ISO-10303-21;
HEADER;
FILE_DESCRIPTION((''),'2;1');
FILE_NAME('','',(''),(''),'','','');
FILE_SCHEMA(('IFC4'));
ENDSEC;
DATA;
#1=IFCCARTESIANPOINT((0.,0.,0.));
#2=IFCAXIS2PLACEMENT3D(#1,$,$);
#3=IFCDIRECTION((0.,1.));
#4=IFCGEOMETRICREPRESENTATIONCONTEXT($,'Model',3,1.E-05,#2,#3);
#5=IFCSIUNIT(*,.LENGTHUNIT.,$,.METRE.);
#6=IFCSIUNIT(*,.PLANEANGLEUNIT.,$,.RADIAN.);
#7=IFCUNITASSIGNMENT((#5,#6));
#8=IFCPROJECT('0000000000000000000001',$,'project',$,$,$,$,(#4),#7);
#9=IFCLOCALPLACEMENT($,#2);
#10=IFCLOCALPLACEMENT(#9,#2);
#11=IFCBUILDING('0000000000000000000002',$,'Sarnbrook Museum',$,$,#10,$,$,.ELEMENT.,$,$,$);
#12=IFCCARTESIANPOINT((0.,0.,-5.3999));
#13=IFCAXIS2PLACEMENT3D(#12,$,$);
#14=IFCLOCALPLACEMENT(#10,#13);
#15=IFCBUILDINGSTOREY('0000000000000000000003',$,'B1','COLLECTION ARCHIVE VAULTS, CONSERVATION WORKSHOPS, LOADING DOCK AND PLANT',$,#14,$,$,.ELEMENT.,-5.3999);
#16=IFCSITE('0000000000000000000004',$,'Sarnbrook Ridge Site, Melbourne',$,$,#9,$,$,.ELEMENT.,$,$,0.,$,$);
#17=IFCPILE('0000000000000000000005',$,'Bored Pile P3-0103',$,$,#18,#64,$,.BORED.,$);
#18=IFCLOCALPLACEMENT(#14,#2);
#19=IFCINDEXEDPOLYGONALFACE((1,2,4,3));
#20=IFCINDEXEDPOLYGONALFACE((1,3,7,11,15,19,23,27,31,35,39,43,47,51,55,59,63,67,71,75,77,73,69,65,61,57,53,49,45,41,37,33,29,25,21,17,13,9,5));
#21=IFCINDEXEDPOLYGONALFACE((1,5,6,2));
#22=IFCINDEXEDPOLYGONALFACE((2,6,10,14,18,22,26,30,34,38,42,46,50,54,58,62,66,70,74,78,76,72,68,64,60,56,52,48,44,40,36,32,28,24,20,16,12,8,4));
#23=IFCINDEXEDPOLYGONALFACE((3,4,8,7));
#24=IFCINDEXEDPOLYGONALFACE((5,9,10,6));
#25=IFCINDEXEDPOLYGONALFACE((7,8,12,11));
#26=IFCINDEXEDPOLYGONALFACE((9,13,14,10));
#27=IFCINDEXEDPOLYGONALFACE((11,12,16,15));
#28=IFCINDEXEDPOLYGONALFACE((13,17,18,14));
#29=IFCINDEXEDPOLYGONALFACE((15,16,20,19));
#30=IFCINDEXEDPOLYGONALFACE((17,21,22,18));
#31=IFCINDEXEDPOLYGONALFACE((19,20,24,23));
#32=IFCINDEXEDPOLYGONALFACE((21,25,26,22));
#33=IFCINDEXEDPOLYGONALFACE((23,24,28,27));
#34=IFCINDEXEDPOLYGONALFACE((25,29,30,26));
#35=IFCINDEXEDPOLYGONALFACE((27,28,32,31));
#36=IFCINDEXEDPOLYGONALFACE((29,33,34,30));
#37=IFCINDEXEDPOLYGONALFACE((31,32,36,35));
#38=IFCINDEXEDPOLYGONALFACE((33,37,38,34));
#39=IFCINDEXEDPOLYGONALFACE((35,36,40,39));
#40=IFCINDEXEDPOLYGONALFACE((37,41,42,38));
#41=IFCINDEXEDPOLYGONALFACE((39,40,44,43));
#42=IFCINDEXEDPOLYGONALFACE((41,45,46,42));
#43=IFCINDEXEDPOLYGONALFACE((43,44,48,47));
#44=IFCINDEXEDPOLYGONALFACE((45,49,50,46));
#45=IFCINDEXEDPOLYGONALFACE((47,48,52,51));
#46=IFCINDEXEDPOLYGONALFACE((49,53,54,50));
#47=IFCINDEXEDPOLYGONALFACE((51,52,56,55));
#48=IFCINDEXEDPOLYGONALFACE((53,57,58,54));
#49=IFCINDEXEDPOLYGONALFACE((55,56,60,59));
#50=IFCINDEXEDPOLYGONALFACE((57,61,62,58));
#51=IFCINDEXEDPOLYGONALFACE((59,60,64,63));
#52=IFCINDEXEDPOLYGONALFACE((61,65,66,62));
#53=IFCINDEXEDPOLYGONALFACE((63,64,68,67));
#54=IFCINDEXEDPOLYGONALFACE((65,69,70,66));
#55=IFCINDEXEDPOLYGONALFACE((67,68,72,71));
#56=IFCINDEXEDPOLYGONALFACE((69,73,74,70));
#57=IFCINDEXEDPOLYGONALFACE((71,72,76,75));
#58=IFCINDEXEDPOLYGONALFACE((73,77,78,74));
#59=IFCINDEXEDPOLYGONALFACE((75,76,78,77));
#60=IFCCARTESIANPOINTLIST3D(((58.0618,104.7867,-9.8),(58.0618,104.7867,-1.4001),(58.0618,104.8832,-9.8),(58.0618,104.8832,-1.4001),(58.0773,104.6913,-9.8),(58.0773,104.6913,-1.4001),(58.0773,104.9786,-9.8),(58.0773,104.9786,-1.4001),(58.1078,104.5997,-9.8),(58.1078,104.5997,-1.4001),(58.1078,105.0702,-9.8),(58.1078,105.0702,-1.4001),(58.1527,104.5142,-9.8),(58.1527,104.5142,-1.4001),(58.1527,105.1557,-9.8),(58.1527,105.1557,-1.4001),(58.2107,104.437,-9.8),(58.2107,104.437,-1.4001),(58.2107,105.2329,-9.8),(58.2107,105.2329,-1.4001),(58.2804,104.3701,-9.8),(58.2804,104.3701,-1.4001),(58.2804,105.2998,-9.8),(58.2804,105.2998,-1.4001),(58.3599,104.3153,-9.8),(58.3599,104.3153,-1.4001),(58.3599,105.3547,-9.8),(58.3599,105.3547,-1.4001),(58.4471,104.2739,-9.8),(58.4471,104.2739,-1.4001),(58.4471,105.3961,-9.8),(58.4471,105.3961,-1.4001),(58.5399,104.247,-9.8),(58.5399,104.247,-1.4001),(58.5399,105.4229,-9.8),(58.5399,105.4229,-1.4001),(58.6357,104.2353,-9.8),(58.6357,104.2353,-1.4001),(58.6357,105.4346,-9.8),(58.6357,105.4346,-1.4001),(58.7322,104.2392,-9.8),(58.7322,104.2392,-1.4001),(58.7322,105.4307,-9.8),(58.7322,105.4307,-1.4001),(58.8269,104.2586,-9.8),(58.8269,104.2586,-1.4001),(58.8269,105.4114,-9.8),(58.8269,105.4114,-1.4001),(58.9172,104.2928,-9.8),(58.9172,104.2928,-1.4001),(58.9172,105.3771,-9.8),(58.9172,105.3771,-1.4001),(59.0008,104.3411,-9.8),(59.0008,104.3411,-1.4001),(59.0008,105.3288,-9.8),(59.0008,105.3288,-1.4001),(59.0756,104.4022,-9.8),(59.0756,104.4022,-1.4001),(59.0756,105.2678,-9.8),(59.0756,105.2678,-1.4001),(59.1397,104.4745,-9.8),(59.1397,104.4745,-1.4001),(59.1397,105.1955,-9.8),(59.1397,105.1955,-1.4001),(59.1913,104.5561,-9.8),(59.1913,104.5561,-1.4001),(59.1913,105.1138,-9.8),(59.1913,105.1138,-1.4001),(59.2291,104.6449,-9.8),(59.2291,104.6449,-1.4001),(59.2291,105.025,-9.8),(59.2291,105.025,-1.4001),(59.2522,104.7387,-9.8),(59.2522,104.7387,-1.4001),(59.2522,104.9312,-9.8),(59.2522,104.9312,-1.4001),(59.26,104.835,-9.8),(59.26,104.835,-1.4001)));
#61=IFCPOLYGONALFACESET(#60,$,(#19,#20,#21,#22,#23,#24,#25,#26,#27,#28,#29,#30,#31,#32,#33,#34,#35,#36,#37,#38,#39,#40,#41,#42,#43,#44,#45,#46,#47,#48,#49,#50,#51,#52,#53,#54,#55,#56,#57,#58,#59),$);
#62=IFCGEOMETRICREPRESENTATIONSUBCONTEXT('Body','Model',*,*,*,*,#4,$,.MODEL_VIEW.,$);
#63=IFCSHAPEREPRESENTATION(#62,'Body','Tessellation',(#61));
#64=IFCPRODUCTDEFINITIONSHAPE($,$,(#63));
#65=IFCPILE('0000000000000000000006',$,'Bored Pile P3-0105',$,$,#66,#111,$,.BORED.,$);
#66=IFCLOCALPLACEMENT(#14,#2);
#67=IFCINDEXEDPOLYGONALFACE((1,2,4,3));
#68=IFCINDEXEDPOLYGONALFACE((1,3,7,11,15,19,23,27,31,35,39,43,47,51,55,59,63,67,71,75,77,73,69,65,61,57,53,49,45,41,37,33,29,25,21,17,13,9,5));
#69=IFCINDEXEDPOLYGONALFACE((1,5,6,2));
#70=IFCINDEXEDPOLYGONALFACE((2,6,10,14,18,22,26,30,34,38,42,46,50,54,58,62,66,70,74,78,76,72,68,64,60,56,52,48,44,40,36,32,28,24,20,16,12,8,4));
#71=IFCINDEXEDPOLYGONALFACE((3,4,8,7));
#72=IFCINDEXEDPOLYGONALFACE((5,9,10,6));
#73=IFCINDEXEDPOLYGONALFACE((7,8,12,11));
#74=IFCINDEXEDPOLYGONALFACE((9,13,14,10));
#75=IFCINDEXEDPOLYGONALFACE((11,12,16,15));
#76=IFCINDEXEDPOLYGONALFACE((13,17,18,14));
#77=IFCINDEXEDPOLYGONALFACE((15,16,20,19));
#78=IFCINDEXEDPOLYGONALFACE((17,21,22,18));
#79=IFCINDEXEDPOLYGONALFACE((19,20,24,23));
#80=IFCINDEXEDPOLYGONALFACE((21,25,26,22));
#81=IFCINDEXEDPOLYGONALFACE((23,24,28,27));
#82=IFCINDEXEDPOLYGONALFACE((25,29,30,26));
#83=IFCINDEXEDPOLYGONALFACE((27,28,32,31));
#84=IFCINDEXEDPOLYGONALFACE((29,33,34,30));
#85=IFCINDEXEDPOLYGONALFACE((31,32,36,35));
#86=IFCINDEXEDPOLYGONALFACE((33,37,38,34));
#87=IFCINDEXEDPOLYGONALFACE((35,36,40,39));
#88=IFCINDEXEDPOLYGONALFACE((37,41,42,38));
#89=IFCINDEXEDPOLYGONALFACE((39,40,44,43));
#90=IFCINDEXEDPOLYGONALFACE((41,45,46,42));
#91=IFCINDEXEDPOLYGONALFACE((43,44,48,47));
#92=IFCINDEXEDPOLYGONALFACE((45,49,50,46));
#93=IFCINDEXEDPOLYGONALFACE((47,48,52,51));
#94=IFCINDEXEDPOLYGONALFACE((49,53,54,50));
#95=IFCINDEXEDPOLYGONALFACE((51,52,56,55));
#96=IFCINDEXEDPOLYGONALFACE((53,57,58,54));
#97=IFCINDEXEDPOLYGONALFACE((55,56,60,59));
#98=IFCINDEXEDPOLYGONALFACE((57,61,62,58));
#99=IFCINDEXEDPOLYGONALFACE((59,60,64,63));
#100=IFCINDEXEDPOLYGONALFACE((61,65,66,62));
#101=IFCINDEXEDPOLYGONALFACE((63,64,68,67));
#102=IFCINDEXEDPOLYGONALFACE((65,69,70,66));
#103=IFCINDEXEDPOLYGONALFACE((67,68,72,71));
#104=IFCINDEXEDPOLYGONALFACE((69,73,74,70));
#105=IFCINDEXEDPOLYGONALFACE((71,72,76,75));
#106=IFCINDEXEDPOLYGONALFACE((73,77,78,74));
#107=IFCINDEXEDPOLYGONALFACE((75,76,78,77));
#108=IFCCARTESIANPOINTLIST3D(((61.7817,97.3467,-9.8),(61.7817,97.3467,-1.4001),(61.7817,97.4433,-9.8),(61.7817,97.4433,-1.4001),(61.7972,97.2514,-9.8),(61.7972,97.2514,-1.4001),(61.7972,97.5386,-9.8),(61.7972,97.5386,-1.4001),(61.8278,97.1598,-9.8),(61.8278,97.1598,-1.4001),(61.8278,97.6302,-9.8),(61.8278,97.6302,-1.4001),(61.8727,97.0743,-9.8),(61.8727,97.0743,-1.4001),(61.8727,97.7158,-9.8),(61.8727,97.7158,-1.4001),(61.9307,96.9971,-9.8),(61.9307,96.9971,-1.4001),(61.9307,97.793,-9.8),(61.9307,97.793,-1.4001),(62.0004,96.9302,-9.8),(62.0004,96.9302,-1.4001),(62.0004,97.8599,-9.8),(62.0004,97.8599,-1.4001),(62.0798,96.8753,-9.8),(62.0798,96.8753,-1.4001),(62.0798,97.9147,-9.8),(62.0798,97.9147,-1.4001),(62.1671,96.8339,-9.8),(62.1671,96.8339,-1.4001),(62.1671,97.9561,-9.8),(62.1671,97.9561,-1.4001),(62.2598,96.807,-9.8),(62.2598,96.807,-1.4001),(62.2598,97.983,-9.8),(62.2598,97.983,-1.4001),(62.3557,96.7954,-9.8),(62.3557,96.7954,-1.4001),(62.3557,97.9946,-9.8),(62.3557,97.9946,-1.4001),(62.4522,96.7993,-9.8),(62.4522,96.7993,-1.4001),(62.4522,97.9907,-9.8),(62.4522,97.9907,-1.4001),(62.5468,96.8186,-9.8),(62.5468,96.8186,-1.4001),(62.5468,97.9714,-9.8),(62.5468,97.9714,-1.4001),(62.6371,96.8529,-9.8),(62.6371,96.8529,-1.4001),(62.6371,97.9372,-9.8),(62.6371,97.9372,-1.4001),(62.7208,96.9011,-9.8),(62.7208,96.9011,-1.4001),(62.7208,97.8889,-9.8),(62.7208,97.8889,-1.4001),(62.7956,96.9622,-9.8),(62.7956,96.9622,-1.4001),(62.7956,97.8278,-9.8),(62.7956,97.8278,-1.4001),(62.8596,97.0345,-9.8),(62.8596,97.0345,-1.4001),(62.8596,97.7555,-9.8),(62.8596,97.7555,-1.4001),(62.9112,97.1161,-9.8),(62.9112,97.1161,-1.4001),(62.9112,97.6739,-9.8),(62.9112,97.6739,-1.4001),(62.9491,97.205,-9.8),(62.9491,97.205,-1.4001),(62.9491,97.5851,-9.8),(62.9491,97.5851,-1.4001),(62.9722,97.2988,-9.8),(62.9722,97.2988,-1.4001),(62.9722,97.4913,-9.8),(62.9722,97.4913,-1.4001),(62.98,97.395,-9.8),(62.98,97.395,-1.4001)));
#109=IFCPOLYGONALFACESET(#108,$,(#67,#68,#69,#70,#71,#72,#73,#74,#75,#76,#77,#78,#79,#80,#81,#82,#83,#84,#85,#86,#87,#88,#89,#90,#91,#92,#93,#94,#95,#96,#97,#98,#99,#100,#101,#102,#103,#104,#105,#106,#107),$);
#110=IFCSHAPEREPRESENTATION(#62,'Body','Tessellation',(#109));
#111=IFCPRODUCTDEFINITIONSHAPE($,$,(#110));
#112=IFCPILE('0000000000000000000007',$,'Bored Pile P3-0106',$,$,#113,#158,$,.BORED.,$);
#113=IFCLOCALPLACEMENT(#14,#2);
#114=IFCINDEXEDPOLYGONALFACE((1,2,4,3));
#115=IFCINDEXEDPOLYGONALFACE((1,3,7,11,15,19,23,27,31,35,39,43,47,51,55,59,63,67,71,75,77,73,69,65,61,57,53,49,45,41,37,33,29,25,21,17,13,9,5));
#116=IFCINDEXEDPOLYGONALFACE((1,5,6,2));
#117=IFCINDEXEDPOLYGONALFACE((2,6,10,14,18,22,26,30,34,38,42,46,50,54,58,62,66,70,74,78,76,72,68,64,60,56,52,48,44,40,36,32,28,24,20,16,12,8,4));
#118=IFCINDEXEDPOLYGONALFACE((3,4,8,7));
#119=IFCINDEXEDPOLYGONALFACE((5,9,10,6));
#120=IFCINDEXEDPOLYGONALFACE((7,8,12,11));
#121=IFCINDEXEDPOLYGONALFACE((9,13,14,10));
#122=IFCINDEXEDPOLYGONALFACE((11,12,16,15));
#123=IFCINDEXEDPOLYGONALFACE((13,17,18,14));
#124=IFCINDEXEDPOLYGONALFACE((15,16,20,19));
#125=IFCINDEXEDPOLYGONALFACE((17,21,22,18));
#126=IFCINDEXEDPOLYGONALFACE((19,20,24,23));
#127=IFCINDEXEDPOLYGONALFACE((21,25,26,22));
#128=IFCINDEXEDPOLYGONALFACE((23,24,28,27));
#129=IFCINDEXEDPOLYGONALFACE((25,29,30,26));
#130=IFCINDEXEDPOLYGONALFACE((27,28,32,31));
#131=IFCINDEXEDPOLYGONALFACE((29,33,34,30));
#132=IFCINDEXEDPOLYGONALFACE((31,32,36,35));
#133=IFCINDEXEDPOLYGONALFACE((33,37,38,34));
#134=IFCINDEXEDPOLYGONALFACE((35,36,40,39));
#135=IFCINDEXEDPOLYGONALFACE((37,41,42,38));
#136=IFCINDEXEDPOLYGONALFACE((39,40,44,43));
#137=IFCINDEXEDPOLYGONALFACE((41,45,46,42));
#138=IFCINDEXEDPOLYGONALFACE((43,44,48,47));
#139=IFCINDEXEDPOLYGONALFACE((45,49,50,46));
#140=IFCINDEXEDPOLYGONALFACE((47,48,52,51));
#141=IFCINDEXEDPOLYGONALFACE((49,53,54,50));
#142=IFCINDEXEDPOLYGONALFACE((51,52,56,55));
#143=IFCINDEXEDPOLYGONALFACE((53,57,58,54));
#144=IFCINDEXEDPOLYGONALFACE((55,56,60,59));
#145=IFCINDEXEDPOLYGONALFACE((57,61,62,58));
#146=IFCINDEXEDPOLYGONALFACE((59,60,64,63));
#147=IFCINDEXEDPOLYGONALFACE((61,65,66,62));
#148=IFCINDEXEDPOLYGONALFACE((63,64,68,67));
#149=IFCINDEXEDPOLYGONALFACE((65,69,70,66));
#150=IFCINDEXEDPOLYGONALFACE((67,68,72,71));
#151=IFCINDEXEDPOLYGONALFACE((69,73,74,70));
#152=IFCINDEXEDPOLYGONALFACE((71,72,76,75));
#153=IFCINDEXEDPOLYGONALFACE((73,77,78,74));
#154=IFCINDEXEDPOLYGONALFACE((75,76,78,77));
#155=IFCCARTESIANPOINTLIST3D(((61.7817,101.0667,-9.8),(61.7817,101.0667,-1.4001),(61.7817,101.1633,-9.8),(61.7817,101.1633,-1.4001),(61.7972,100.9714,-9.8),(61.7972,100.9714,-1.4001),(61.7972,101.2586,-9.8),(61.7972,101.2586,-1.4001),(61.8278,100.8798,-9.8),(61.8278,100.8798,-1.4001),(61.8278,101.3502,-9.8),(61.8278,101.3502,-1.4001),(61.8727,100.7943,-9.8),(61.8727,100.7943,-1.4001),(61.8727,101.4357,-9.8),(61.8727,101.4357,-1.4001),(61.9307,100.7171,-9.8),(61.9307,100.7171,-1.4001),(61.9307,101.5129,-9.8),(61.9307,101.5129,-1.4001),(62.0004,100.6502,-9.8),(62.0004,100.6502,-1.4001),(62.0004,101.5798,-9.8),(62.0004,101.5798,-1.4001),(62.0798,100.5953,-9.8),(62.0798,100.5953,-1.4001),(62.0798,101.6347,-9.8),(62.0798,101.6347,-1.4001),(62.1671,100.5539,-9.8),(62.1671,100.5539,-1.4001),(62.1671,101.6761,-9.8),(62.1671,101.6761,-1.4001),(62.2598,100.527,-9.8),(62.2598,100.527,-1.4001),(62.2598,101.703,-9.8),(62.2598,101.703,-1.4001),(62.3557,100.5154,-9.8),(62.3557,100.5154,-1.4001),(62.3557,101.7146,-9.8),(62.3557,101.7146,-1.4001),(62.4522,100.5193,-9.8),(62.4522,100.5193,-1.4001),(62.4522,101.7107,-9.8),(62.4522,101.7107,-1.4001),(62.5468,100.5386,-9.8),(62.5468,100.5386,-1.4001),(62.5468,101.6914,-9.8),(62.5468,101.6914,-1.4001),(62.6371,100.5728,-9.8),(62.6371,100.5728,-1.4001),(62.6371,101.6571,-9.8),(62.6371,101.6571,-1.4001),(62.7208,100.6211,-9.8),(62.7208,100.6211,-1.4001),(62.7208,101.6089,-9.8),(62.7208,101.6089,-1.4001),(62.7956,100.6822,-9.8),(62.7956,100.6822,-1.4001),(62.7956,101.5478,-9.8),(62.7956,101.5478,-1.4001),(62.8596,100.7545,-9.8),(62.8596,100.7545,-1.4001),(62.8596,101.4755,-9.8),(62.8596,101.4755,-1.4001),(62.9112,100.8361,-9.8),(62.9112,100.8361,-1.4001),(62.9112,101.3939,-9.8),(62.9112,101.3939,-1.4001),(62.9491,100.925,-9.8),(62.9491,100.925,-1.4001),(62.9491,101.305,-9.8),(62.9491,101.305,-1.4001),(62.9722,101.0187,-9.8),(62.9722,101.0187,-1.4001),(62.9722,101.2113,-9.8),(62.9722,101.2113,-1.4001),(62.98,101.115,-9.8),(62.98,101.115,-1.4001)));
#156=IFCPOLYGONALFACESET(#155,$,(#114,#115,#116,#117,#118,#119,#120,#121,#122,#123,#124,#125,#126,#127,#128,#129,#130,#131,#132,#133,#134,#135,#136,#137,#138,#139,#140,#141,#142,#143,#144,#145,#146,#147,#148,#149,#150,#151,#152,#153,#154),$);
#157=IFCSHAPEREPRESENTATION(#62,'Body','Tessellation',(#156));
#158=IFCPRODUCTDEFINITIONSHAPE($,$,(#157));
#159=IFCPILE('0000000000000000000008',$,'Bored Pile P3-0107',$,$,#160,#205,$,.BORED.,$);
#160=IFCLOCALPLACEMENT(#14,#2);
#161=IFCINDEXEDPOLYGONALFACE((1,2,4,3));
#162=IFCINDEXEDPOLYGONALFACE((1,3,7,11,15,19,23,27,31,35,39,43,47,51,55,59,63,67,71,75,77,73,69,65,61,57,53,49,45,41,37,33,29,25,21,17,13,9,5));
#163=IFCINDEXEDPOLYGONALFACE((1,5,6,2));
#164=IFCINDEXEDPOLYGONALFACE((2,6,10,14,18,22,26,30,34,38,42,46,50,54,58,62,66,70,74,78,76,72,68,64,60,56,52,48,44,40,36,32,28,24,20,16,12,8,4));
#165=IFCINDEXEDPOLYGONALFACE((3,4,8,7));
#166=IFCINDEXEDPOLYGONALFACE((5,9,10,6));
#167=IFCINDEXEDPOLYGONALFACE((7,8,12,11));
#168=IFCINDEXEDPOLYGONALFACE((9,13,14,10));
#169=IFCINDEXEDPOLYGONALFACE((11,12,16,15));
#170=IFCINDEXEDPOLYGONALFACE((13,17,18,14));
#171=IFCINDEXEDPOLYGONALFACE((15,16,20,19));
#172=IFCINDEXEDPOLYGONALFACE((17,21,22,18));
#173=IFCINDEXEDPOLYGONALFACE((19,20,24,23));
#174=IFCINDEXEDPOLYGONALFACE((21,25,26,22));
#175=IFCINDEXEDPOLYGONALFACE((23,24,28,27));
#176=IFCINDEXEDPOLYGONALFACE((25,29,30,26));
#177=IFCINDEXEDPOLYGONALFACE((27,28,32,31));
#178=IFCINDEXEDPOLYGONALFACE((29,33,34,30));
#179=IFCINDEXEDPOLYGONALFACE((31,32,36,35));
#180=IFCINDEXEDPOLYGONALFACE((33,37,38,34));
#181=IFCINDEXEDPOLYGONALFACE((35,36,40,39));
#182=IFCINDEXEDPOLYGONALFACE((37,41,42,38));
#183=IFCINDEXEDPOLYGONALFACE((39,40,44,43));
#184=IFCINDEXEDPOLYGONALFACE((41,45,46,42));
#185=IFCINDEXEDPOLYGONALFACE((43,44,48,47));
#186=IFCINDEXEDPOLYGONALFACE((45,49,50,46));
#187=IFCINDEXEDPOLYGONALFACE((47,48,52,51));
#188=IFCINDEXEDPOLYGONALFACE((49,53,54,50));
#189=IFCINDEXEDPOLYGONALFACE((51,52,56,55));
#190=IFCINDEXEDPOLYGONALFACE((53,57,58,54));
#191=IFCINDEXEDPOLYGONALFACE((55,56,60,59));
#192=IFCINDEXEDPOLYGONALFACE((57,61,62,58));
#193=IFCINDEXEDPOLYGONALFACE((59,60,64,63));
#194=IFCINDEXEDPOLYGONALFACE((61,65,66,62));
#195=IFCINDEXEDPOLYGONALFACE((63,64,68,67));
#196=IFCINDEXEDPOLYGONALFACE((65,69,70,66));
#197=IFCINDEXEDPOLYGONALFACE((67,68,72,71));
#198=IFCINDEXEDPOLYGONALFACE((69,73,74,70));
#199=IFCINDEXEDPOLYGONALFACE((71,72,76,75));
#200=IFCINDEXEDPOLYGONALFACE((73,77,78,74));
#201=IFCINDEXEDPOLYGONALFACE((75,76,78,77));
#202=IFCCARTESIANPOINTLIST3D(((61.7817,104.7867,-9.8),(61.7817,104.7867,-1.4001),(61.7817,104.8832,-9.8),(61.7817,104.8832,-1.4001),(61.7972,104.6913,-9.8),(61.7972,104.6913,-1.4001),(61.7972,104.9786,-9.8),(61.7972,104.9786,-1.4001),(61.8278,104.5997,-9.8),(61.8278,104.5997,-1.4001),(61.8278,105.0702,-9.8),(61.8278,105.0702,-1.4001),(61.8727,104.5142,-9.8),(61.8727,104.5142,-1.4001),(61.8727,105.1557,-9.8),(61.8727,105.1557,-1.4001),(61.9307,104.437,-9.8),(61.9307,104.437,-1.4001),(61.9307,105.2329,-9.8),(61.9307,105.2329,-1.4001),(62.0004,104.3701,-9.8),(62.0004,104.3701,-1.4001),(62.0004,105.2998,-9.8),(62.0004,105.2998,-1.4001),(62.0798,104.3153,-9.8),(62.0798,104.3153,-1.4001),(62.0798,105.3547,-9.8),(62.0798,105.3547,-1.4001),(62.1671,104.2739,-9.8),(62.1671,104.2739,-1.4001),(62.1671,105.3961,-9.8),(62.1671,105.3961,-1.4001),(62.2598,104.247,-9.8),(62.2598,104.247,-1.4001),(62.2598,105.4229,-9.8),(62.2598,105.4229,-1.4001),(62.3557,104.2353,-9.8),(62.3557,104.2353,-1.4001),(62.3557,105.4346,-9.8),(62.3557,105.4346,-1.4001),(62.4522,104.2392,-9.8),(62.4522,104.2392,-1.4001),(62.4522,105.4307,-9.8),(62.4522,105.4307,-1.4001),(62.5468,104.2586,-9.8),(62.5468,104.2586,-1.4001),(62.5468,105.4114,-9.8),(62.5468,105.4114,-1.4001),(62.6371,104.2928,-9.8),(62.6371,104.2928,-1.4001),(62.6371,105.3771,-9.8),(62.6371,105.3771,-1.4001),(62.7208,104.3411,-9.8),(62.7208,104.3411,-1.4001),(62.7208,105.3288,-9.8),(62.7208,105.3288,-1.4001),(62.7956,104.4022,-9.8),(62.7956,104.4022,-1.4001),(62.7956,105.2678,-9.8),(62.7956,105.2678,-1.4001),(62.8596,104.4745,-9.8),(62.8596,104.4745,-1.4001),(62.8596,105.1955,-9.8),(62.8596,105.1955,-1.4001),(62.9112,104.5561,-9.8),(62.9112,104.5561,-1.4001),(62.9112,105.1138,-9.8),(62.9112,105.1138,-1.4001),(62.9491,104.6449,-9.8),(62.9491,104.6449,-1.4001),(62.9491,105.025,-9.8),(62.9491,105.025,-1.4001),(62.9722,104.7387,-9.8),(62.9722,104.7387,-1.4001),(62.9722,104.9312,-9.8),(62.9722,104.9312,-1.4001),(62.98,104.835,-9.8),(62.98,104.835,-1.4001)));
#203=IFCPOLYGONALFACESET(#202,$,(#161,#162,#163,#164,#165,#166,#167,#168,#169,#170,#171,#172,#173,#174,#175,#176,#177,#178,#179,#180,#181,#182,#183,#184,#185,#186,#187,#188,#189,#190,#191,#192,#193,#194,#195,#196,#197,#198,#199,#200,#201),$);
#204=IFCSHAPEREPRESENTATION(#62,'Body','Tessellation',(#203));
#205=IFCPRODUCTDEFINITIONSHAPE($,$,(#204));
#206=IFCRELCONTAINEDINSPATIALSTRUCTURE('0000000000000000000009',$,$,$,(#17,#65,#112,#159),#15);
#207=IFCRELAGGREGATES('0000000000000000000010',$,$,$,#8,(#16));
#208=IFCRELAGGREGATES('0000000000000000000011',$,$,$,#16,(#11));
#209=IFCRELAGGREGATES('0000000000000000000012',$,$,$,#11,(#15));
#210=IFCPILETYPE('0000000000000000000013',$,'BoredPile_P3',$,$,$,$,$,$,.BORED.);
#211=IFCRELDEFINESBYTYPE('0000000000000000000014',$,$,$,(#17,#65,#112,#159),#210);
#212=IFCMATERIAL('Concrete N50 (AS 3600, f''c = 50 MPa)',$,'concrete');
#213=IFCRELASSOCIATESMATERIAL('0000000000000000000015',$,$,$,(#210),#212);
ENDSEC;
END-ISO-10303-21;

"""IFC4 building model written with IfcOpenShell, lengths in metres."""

from ifc_helpers import new_model, si_unit, direction, frame, origin, origin_2d, place, context, subcontext, project, spatial, circle, extrude, material, material_profile, profile_set, type_object, element, save


model = new_model("IFC4")

# Units and contexts
model_context = context("Model", 3, precision=1e-05, world=origin(), true_north=direction((0.0, 1.0)))
body_context = subcontext(model_context, "Body", "Model", "MODEL_VIEW")
ifc_project = project(units=[si_unit("LENGTHUNIT", "METRE"), si_unit("PLANEANGLEUNIT", "RADIAN")], contexts=[model_context])

# Site, building, storey
site_placement = place(None, origin())
site = spatial("IfcSite", under=ifc_project, at=site_placement, Name="Sarnbrook Ridge Site, Melbourne", CompositionType="ELEMENT", RefElevation=0.0)
building_placement = place(site_placement, origin())
building = spatial("IfcBuilding", under=site, at=building_placement, Name="Sarnbrook Museum", CompositionType="ELEMENT")
storey_placement = place(building_placement, frame((0.0, 0.0, -5.3999)))
storey = spatial("IfcBuildingStorey", under=building, at=storey_placement, Name="B1", Description="COLLECTION ARCHIVE VAULTS, CONSERVATION WORKSHOPS, LOADING DOCK AND PLANT", CompositionType="ELEMENT", Elevation=-5.3999)

# Piles
ifc_material_1 = material(Name="Concrete N50 (AS 3600, f'c = 50 MPa)", Category="concrete")
ifc_material_profile_1 = material_profile(ifc_material_1, circle(Radius=0.6001, at=origin_2d()), Name="BORED PILE D1200")
ifc_profile_set_1 = profile_set([ifc_material_profile_1], Name="Concrete N50 (AS 3600, f'c = 50 MPa)")
pile_type = type_object("IfcPileType", Name="BoredPile_P3", PredefinedType="BORED", material=ifc_profile_set_1)
for number, where, z_axis, x_axis, name in (
    (1, (58.6599, 104.835, -1.4001), (0.0, 0.0, -1.0), (1.0, 0.0, 0.0), "Bored Pile P3-0103"),
    (2, (62.3799, 97.395, -1.4001), (0.0, 0.0, -1.0), (1.0, 0.0, 0.0), "Bored Pile P3-0105"),
    (3, (62.3799, 101.115, -1.4001), (0.0, 0.0, -1.0), (1.0, 0.0, 0.0), "Bored Pile P3-0106"),
    (4, (62.3799, 104.835, -1.4001), (0.0, 0.0, -1.0), (1.0, 0.0, 0.0), "Bored Pile P3-0107"),
):
    element("IfcPile", number, at=place(storey_placement, frame(where, z_axis=z_axis, x_axis=x_axis)), inside=storey, type_object=pile_type, Name=name, PredefinedType="BORED", context=body_context, shape_type="SweptSolid", body=[
        extrude(circle(Radius=0.6001, at=origin_2d()), origin(), (0.0, 0.0, 1.0), 8.3999),
    ])

save(model, "model.ifc")
